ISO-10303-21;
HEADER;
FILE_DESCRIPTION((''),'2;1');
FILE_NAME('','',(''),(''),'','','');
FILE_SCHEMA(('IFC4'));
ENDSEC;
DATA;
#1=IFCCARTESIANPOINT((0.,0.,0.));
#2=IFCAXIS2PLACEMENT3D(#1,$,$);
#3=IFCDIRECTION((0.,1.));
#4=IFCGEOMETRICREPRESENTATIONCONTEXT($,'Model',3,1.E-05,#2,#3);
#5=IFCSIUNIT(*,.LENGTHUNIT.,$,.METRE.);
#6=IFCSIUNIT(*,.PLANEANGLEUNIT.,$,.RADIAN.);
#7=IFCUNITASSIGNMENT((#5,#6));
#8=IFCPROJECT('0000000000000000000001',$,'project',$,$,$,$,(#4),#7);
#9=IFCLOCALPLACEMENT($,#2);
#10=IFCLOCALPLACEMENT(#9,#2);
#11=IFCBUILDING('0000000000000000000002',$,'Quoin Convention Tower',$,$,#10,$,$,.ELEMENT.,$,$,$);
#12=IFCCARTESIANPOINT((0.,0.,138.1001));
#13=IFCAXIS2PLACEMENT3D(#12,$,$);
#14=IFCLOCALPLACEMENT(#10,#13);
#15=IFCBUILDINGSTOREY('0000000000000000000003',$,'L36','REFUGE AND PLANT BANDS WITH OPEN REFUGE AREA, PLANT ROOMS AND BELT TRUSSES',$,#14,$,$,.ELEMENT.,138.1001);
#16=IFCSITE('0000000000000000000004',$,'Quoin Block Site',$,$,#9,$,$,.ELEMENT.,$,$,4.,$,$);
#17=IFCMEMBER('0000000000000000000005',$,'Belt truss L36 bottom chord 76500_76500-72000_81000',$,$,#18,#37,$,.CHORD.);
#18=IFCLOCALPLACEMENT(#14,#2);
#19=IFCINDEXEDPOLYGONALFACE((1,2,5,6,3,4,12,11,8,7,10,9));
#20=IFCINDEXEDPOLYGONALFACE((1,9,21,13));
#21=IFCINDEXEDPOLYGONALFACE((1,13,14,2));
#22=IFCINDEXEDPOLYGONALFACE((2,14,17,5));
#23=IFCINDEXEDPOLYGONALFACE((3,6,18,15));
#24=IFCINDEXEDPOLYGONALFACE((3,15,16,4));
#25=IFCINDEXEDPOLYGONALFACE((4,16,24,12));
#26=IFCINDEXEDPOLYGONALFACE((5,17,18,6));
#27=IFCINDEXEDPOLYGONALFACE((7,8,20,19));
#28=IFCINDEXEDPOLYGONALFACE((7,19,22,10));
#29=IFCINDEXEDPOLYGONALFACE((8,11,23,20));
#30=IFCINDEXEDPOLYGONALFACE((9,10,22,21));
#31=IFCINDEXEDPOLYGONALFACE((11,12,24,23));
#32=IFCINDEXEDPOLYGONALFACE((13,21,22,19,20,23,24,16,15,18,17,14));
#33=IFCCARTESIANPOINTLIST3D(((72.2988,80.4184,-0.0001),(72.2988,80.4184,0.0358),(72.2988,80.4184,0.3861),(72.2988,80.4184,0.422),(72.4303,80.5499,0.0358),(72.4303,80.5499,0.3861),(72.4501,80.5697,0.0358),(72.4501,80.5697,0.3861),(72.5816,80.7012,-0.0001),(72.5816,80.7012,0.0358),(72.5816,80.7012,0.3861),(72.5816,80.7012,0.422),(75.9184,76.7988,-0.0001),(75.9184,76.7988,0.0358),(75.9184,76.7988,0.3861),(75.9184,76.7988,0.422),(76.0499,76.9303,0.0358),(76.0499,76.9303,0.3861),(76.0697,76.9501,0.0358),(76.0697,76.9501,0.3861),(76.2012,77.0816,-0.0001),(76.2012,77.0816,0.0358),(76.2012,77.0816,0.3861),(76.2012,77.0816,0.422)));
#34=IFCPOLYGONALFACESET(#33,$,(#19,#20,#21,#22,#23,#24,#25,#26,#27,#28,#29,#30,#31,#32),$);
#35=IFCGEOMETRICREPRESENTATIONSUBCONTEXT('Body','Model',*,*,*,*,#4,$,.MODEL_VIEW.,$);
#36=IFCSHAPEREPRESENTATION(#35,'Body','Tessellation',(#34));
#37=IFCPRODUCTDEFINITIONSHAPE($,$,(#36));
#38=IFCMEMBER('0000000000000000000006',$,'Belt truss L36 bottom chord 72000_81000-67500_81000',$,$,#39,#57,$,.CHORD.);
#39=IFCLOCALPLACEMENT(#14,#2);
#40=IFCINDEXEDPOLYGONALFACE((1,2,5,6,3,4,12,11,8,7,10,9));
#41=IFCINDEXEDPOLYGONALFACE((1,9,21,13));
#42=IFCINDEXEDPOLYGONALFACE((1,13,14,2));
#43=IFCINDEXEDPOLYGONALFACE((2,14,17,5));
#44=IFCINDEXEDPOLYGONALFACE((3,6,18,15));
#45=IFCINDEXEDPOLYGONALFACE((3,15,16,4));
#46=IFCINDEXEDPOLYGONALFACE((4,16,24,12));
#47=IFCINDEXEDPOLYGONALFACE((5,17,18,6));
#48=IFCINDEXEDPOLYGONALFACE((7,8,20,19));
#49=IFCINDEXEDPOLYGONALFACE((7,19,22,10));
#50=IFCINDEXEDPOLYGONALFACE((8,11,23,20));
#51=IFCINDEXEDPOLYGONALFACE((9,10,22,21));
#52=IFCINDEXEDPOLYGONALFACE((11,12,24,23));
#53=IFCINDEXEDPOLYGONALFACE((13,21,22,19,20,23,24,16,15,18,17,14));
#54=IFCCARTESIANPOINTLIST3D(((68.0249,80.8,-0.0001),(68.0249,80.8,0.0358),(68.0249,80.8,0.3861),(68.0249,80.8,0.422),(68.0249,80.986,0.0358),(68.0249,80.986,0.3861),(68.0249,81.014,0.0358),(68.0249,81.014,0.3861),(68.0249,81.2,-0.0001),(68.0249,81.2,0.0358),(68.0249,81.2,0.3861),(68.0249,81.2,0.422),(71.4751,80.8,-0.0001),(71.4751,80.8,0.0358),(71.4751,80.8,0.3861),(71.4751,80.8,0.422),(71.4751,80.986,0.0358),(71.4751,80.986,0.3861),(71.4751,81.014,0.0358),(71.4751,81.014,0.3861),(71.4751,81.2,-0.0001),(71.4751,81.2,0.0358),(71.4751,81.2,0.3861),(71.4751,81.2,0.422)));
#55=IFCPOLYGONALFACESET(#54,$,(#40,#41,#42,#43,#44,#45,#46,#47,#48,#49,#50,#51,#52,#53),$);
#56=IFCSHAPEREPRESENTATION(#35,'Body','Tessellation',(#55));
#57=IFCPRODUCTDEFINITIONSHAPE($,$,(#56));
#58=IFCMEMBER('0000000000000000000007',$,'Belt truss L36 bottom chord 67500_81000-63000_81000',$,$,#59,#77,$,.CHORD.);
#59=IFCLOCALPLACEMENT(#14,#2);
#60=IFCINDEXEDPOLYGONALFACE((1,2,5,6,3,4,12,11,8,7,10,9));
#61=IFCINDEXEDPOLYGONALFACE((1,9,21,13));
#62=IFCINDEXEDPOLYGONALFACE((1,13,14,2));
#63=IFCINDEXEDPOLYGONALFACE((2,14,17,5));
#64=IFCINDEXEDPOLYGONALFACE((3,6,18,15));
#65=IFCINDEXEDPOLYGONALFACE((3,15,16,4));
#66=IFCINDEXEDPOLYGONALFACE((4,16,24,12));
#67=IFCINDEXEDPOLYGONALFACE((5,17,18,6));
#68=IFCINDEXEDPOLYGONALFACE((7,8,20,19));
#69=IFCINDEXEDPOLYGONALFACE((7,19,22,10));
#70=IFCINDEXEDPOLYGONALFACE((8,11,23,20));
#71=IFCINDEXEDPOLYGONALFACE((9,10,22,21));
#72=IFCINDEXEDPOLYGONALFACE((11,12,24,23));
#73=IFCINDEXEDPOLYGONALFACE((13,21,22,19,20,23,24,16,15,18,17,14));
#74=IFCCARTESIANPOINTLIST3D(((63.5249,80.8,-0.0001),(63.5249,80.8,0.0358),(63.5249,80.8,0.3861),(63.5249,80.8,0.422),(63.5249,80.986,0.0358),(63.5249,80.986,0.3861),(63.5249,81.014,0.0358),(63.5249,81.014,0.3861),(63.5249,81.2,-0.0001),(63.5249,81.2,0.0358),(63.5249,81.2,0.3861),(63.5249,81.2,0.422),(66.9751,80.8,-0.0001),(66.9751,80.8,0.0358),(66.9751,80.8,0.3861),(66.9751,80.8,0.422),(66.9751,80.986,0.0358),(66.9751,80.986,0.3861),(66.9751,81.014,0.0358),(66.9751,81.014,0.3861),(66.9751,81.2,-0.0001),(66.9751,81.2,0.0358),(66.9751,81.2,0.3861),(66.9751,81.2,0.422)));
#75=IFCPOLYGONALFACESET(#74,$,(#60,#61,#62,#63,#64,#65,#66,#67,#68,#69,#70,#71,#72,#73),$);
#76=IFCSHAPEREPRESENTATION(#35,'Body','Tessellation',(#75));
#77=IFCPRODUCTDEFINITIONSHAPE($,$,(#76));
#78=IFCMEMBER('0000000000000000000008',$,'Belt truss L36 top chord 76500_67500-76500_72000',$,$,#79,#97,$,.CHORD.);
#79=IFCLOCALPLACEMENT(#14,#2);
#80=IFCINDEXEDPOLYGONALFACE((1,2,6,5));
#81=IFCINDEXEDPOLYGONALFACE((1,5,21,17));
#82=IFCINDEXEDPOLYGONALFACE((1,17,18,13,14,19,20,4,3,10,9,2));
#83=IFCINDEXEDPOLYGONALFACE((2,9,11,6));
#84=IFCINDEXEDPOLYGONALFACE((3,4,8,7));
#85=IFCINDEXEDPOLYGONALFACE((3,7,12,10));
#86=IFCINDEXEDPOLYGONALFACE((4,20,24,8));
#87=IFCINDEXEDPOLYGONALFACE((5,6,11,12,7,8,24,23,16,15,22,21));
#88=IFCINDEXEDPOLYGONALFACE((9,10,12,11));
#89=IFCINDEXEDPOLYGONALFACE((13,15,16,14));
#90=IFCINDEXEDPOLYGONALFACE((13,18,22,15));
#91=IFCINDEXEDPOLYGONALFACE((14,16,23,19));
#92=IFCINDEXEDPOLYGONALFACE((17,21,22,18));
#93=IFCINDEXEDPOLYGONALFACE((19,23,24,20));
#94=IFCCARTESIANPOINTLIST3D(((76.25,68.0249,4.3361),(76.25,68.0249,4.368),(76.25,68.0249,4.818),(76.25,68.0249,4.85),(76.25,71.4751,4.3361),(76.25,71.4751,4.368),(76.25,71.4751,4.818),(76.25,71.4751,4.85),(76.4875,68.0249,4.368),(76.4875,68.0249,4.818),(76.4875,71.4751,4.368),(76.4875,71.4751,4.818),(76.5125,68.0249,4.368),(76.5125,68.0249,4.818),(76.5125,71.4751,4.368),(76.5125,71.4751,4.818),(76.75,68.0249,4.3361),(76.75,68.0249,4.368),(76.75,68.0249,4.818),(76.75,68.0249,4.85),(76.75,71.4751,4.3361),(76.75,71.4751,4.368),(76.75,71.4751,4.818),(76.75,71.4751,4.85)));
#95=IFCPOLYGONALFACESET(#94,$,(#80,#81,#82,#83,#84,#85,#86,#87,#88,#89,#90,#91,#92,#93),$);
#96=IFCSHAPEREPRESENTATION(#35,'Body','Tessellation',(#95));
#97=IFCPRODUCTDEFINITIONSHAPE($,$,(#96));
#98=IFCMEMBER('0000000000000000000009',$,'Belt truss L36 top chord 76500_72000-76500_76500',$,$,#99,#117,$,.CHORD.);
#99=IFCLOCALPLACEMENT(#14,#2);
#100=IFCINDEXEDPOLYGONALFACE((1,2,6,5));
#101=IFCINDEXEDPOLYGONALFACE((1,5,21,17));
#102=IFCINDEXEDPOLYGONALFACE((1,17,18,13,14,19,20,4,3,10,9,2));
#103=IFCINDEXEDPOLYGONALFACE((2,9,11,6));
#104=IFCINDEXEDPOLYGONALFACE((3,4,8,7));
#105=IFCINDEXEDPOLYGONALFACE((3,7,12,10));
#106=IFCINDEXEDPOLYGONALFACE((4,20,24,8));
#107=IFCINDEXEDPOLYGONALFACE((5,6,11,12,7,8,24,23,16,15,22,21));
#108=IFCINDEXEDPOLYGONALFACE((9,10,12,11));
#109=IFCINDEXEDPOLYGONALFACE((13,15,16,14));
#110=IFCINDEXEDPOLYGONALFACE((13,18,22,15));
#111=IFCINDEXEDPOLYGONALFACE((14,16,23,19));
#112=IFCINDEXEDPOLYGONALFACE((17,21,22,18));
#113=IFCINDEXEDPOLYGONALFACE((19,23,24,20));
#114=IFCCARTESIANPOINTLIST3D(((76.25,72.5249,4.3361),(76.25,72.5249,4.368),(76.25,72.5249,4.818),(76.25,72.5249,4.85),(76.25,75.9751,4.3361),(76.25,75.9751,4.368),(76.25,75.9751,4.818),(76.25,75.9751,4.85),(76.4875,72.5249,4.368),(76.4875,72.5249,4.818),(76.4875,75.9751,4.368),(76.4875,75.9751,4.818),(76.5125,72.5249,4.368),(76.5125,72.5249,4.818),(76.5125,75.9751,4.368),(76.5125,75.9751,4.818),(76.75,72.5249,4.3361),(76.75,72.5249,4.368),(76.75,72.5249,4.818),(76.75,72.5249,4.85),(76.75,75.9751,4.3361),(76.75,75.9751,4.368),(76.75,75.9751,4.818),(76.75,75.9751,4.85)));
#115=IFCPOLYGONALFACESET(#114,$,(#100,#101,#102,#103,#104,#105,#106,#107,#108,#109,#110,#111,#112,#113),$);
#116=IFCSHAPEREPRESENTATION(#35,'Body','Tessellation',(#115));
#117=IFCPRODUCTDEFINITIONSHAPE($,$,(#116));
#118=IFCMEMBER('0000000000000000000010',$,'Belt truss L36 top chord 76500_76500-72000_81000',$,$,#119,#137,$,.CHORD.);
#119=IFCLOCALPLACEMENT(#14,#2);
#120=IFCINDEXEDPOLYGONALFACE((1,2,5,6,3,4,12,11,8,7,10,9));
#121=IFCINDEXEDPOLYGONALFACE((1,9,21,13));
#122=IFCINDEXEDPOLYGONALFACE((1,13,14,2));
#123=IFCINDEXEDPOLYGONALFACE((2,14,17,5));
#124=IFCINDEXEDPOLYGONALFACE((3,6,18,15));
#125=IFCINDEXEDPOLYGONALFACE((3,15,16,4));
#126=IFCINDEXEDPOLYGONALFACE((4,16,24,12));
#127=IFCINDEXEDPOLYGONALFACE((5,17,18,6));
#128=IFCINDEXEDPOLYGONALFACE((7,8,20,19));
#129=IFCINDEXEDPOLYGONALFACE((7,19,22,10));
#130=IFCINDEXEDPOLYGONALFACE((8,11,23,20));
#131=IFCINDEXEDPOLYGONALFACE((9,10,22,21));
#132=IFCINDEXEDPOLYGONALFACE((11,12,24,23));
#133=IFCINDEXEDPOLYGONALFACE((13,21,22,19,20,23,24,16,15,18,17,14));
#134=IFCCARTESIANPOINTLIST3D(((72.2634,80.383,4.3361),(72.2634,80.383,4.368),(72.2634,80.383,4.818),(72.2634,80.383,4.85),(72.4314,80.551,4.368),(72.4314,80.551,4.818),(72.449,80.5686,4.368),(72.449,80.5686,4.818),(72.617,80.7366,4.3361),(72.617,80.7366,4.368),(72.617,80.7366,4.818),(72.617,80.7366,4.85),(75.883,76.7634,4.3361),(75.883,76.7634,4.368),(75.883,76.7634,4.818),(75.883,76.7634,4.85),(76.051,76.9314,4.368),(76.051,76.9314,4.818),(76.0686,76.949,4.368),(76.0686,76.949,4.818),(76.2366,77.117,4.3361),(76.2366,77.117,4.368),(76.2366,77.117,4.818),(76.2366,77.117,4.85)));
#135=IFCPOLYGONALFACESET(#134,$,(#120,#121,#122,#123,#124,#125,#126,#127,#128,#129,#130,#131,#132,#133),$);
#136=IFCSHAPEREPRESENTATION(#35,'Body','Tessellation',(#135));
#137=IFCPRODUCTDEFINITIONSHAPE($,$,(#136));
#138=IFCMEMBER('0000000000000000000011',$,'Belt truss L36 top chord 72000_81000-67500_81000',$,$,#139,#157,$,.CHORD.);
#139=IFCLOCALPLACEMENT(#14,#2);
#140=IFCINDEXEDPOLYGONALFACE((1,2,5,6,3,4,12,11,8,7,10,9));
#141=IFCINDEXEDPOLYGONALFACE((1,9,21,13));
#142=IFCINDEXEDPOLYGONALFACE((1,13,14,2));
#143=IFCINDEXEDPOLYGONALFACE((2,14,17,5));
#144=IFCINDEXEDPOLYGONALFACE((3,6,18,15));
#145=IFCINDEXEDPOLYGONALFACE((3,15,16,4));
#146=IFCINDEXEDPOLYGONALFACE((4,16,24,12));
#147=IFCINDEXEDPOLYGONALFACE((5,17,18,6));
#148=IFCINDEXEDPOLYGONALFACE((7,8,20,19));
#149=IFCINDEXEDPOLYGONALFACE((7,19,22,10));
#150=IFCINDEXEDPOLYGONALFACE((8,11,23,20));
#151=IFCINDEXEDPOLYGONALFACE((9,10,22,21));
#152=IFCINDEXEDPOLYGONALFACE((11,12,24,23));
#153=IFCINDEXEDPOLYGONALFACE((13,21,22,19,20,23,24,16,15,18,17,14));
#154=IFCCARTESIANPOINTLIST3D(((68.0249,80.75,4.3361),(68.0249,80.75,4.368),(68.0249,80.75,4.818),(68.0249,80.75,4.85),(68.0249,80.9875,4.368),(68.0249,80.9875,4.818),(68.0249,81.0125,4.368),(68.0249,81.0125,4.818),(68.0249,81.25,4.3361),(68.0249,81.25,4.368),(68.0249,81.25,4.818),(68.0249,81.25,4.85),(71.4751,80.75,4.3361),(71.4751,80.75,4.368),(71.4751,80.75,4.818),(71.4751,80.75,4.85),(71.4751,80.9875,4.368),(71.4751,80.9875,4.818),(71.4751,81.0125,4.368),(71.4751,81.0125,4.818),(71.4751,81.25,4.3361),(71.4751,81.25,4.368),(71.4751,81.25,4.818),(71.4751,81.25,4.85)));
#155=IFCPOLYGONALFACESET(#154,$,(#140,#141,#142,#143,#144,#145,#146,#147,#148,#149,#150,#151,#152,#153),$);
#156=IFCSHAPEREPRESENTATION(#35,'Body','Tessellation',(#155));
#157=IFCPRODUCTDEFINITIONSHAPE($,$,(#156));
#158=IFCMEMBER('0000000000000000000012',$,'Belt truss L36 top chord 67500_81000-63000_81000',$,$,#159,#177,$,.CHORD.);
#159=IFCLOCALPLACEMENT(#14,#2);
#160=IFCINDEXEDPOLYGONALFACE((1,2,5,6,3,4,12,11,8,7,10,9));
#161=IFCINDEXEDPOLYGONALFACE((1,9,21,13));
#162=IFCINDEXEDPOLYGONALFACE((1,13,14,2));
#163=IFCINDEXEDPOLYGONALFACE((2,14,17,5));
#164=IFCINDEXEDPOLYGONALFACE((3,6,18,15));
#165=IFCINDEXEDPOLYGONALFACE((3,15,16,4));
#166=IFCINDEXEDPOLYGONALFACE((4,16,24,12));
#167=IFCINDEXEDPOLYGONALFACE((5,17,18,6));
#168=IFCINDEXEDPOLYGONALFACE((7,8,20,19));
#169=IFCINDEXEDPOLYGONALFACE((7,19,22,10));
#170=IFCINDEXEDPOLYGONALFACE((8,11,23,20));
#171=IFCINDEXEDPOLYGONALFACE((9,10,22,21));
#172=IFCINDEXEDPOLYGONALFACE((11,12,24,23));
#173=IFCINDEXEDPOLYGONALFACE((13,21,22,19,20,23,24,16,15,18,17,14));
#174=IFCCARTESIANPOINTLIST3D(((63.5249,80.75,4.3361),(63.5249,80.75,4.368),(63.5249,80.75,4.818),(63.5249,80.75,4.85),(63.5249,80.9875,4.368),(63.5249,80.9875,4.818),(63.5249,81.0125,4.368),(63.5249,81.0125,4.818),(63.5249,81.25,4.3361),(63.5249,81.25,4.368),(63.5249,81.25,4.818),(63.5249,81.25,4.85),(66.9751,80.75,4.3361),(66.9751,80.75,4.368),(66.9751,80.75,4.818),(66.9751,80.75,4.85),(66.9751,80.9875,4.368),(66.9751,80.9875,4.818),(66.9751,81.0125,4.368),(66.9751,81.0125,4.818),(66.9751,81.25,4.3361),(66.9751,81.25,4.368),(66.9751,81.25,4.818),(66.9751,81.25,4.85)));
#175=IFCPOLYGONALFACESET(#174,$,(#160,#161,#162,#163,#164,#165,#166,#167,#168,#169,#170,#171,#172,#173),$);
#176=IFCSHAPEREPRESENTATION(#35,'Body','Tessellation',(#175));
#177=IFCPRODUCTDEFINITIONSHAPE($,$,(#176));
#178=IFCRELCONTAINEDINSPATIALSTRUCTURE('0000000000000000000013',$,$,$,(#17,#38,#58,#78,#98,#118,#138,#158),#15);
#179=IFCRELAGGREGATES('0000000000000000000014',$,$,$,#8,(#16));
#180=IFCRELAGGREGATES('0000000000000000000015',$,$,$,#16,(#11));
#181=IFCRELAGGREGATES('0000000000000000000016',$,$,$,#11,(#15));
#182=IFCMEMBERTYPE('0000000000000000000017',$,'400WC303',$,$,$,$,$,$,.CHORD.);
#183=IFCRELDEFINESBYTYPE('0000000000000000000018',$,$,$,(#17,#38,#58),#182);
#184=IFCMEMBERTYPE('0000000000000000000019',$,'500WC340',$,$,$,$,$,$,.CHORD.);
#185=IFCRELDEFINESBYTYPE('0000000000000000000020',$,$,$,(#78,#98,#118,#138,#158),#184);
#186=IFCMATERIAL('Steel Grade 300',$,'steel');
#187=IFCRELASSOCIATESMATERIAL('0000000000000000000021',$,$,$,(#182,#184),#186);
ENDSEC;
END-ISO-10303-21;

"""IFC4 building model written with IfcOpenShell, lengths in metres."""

from ifc_helpers import new_model, si_unit, direction, frame, origin, origin_2d, place, context, subcontext, project, spatial, i_section, extrude, material, material_profile, profile_set, type_object, element, save


model = new_model("IFC4")

# Units and contexts
model_context = context("Model", 3, precision=1e-05, world=origin(), true_north=direction((0.0, 1.0)))
body_context = subcontext(model_context, "Body", "Model", "MODEL_VIEW")
ifc_project = project(units=[si_unit("LENGTHUNIT", "METRE"), si_unit("PLANEANGLEUNIT", "RADIAN")], contexts=[model_context])

# Site, building, storey
site_placement = place(None, origin())
site = spatial("IfcSite", under=ifc_project, at=site_placement, Name="Quoin Block Site", CompositionType="ELEMENT", RefElevation=4.0)
building_placement = place(site_placement, origin())
building = spatial("IfcBuilding", under=site, at=building_placement, Name="Quoin Convention Tower", CompositionType="ELEMENT")
storey_placement = place(building_placement, frame((0.0, 0.0, 138.1001)))
storey = spatial("IfcBuildingStorey", under=building, at=storey_placement, Name="L36", Description="REFUGE AND PLANT BANDS WITH OPEN REFUGE AREA, PLANT ROOMS AND BELT TRUSSES", CompositionType="ELEMENT", Elevation=138.1001)

# Members
ifc_material_1 = material(Name="Steel Grade 300", Category="steel")
ifc_material_profile_1 = material_profile(ifc_material_1, i_section(OverallWidth=0.3999, OverallDepth=0.4221, WebThickness=0.0281, FlangeThickness=0.0359, at=origin_2d()), Name="400WC303")
ifc_profile_set_1 = profile_set([ifc_material_profile_1], Name="Steel Grade 300")
member_type_1 = type_object("IfcMemberType", Name="400WC303", PredefinedType="CHORD", material=ifc_profile_set_1)
member_1_placement = place(storey_placement, frame((76.0598, 76.9402, 0.2109), z_axis=(-0.707107, 0.707107, 0.0), x_axis=(-0.707107, -0.707107, 0.0)))
element("IfcMember", 1, at=member_1_placement, inside=storey, type_object=member_type_1, Name="Belt truss L36 bottom chord 76500_76500-72000_81000", PredefinedType="CHORD", context=body_context, shape_type="SweptSolid", body=[
    extrude(i_section(OverallWidth=0.3999, OverallDepth=0.4221, WebThickness=0.0281, FlangeThickness=0.0359, at=origin_2d()), origin(), (0.0, 0.0, 1.0), 5.1189),
])
for number, where, z_axis, x_axis, name in (
    (2, (71.4751, 81.0, 0.2109), (-1.0, 0.0, 0.0), (0.0, -1.0, 0.0), "Belt truss L36 bottom chord 72000_81000-67500_81000"),
    (3, (66.9751, 81.0, 0.2109), (-1.0, 0.0, 0.0), (0.0, -1.0, 0.0), "Belt truss L36 bottom chord 67500_81000-63000_81000"),
):
    element("IfcMember", number, at=place(storey_placement, frame(where, z_axis=z_axis, x_axis=x_axis)), inside=storey, type_object=member_type_1, Name=name, PredefinedType="CHORD", context=body_context, shape_type="SweptSolid", body=[
        extrude(i_section(OverallWidth=0.3999, OverallDepth=0.4221, WebThickness=0.0281, FlangeThickness=0.0359, at=origin_2d()), origin(), (0.0, 0.0, 1.0), 3.4502),
    ])
ifc_material_profile_2 = material_profile(ifc_material_1, i_section(OverallWidth=0.5, OverallDepth=0.5139, WebThickness=0.0249, FlangeThickness=0.032, at=origin_2d()), Name="500WC340")
ifc_profile_set_2 = profile_set([ifc_material_profile_2], Name="Steel Grade 300")
member_type_2 = type_object("IfcMemberType", Name="500WC340", PredefinedType="CHORD", material=ifc_profile_set_2)
for number, where, z_axis, x_axis, name in (
    (4, (76.5, 68.0249, 4.593), (0.0, 1.0, 0.0), (-1.0, 0.0, 0.0), "Belt truss L36 top chord 76500_67500-76500_72000"),
    (5, (76.5, 72.5249, 4.593), (0.0, 1.0, 0.0), (-1.0, 0.0, 0.0), "Belt truss L36 top chord 76500_72000-76500_76500"),
):
    element("IfcMember", number, at=place(storey_placement, frame(where, z_axis=z_axis, x_axis=x_axis)), inside=storey, type_object=member_type_2, Name=name, PredefinedType="CHORD", context=body_context, shape_type="SweptSolid", body=[
        extrude(i_section(OverallWidth=0.5, OverallDepth=0.5139, WebThickness=0.0249, FlangeThickness=0.032, at=origin_2d()), origin(), (0.0, 0.0, 1.0), 3.4502),
    ])
member_2_placement = place(storey_placement, frame((76.0598, 76.9402, 4.593), z_axis=(-0.707107, 0.707107, 0.0), x_axis=(-0.707107, -0.707107, 0.0)))
element("IfcMember", 6, at=member_2_placement, inside=storey, type_object=member_type_2, Name="Belt truss L36 top chord 76500_76500-72000_81000", PredefinedType="CHORD", context=body_context, shape_type="SweptSolid", body=[
    extrude(i_section(OverallWidth=0.5, OverallDepth=0.5139, WebThickness=0.0249, FlangeThickness=0.032, at=origin_2d()), origin(), (0.0, 0.0, 1.0), 5.1189),
])
for number, where, z_axis, x_axis, name in (
    (7, (71.4751, 81.0, 4.593), (-1.0, 0.0, 0.0), (0.0, -1.0, 0.0), "Belt truss L36 top chord 72000_81000-67500_81000"),
    (8, (66.9751, 81.0, 4.593), (-1.0, 0.0, 0.0), (0.0, -1.0, 0.0), "Belt truss L36 top chord 67500_81000-63000_81000"),
):
    element("IfcMember", number, at=place(storey_placement, frame(where, z_axis=z_axis, x_axis=x_axis)), inside=storey, type_object=member_type_2, Name=name, PredefinedType="CHORD", context=body_context, shape_type="SweptSolid", body=[
        extrude(i_section(OverallWidth=0.5, OverallDepth=0.5139, WebThickness=0.0249, FlangeThickness=0.032, at=origin_2d()), origin(), (0.0, 0.0, 1.0), 3.4502),
    ])

save(model, "model.ifc")
